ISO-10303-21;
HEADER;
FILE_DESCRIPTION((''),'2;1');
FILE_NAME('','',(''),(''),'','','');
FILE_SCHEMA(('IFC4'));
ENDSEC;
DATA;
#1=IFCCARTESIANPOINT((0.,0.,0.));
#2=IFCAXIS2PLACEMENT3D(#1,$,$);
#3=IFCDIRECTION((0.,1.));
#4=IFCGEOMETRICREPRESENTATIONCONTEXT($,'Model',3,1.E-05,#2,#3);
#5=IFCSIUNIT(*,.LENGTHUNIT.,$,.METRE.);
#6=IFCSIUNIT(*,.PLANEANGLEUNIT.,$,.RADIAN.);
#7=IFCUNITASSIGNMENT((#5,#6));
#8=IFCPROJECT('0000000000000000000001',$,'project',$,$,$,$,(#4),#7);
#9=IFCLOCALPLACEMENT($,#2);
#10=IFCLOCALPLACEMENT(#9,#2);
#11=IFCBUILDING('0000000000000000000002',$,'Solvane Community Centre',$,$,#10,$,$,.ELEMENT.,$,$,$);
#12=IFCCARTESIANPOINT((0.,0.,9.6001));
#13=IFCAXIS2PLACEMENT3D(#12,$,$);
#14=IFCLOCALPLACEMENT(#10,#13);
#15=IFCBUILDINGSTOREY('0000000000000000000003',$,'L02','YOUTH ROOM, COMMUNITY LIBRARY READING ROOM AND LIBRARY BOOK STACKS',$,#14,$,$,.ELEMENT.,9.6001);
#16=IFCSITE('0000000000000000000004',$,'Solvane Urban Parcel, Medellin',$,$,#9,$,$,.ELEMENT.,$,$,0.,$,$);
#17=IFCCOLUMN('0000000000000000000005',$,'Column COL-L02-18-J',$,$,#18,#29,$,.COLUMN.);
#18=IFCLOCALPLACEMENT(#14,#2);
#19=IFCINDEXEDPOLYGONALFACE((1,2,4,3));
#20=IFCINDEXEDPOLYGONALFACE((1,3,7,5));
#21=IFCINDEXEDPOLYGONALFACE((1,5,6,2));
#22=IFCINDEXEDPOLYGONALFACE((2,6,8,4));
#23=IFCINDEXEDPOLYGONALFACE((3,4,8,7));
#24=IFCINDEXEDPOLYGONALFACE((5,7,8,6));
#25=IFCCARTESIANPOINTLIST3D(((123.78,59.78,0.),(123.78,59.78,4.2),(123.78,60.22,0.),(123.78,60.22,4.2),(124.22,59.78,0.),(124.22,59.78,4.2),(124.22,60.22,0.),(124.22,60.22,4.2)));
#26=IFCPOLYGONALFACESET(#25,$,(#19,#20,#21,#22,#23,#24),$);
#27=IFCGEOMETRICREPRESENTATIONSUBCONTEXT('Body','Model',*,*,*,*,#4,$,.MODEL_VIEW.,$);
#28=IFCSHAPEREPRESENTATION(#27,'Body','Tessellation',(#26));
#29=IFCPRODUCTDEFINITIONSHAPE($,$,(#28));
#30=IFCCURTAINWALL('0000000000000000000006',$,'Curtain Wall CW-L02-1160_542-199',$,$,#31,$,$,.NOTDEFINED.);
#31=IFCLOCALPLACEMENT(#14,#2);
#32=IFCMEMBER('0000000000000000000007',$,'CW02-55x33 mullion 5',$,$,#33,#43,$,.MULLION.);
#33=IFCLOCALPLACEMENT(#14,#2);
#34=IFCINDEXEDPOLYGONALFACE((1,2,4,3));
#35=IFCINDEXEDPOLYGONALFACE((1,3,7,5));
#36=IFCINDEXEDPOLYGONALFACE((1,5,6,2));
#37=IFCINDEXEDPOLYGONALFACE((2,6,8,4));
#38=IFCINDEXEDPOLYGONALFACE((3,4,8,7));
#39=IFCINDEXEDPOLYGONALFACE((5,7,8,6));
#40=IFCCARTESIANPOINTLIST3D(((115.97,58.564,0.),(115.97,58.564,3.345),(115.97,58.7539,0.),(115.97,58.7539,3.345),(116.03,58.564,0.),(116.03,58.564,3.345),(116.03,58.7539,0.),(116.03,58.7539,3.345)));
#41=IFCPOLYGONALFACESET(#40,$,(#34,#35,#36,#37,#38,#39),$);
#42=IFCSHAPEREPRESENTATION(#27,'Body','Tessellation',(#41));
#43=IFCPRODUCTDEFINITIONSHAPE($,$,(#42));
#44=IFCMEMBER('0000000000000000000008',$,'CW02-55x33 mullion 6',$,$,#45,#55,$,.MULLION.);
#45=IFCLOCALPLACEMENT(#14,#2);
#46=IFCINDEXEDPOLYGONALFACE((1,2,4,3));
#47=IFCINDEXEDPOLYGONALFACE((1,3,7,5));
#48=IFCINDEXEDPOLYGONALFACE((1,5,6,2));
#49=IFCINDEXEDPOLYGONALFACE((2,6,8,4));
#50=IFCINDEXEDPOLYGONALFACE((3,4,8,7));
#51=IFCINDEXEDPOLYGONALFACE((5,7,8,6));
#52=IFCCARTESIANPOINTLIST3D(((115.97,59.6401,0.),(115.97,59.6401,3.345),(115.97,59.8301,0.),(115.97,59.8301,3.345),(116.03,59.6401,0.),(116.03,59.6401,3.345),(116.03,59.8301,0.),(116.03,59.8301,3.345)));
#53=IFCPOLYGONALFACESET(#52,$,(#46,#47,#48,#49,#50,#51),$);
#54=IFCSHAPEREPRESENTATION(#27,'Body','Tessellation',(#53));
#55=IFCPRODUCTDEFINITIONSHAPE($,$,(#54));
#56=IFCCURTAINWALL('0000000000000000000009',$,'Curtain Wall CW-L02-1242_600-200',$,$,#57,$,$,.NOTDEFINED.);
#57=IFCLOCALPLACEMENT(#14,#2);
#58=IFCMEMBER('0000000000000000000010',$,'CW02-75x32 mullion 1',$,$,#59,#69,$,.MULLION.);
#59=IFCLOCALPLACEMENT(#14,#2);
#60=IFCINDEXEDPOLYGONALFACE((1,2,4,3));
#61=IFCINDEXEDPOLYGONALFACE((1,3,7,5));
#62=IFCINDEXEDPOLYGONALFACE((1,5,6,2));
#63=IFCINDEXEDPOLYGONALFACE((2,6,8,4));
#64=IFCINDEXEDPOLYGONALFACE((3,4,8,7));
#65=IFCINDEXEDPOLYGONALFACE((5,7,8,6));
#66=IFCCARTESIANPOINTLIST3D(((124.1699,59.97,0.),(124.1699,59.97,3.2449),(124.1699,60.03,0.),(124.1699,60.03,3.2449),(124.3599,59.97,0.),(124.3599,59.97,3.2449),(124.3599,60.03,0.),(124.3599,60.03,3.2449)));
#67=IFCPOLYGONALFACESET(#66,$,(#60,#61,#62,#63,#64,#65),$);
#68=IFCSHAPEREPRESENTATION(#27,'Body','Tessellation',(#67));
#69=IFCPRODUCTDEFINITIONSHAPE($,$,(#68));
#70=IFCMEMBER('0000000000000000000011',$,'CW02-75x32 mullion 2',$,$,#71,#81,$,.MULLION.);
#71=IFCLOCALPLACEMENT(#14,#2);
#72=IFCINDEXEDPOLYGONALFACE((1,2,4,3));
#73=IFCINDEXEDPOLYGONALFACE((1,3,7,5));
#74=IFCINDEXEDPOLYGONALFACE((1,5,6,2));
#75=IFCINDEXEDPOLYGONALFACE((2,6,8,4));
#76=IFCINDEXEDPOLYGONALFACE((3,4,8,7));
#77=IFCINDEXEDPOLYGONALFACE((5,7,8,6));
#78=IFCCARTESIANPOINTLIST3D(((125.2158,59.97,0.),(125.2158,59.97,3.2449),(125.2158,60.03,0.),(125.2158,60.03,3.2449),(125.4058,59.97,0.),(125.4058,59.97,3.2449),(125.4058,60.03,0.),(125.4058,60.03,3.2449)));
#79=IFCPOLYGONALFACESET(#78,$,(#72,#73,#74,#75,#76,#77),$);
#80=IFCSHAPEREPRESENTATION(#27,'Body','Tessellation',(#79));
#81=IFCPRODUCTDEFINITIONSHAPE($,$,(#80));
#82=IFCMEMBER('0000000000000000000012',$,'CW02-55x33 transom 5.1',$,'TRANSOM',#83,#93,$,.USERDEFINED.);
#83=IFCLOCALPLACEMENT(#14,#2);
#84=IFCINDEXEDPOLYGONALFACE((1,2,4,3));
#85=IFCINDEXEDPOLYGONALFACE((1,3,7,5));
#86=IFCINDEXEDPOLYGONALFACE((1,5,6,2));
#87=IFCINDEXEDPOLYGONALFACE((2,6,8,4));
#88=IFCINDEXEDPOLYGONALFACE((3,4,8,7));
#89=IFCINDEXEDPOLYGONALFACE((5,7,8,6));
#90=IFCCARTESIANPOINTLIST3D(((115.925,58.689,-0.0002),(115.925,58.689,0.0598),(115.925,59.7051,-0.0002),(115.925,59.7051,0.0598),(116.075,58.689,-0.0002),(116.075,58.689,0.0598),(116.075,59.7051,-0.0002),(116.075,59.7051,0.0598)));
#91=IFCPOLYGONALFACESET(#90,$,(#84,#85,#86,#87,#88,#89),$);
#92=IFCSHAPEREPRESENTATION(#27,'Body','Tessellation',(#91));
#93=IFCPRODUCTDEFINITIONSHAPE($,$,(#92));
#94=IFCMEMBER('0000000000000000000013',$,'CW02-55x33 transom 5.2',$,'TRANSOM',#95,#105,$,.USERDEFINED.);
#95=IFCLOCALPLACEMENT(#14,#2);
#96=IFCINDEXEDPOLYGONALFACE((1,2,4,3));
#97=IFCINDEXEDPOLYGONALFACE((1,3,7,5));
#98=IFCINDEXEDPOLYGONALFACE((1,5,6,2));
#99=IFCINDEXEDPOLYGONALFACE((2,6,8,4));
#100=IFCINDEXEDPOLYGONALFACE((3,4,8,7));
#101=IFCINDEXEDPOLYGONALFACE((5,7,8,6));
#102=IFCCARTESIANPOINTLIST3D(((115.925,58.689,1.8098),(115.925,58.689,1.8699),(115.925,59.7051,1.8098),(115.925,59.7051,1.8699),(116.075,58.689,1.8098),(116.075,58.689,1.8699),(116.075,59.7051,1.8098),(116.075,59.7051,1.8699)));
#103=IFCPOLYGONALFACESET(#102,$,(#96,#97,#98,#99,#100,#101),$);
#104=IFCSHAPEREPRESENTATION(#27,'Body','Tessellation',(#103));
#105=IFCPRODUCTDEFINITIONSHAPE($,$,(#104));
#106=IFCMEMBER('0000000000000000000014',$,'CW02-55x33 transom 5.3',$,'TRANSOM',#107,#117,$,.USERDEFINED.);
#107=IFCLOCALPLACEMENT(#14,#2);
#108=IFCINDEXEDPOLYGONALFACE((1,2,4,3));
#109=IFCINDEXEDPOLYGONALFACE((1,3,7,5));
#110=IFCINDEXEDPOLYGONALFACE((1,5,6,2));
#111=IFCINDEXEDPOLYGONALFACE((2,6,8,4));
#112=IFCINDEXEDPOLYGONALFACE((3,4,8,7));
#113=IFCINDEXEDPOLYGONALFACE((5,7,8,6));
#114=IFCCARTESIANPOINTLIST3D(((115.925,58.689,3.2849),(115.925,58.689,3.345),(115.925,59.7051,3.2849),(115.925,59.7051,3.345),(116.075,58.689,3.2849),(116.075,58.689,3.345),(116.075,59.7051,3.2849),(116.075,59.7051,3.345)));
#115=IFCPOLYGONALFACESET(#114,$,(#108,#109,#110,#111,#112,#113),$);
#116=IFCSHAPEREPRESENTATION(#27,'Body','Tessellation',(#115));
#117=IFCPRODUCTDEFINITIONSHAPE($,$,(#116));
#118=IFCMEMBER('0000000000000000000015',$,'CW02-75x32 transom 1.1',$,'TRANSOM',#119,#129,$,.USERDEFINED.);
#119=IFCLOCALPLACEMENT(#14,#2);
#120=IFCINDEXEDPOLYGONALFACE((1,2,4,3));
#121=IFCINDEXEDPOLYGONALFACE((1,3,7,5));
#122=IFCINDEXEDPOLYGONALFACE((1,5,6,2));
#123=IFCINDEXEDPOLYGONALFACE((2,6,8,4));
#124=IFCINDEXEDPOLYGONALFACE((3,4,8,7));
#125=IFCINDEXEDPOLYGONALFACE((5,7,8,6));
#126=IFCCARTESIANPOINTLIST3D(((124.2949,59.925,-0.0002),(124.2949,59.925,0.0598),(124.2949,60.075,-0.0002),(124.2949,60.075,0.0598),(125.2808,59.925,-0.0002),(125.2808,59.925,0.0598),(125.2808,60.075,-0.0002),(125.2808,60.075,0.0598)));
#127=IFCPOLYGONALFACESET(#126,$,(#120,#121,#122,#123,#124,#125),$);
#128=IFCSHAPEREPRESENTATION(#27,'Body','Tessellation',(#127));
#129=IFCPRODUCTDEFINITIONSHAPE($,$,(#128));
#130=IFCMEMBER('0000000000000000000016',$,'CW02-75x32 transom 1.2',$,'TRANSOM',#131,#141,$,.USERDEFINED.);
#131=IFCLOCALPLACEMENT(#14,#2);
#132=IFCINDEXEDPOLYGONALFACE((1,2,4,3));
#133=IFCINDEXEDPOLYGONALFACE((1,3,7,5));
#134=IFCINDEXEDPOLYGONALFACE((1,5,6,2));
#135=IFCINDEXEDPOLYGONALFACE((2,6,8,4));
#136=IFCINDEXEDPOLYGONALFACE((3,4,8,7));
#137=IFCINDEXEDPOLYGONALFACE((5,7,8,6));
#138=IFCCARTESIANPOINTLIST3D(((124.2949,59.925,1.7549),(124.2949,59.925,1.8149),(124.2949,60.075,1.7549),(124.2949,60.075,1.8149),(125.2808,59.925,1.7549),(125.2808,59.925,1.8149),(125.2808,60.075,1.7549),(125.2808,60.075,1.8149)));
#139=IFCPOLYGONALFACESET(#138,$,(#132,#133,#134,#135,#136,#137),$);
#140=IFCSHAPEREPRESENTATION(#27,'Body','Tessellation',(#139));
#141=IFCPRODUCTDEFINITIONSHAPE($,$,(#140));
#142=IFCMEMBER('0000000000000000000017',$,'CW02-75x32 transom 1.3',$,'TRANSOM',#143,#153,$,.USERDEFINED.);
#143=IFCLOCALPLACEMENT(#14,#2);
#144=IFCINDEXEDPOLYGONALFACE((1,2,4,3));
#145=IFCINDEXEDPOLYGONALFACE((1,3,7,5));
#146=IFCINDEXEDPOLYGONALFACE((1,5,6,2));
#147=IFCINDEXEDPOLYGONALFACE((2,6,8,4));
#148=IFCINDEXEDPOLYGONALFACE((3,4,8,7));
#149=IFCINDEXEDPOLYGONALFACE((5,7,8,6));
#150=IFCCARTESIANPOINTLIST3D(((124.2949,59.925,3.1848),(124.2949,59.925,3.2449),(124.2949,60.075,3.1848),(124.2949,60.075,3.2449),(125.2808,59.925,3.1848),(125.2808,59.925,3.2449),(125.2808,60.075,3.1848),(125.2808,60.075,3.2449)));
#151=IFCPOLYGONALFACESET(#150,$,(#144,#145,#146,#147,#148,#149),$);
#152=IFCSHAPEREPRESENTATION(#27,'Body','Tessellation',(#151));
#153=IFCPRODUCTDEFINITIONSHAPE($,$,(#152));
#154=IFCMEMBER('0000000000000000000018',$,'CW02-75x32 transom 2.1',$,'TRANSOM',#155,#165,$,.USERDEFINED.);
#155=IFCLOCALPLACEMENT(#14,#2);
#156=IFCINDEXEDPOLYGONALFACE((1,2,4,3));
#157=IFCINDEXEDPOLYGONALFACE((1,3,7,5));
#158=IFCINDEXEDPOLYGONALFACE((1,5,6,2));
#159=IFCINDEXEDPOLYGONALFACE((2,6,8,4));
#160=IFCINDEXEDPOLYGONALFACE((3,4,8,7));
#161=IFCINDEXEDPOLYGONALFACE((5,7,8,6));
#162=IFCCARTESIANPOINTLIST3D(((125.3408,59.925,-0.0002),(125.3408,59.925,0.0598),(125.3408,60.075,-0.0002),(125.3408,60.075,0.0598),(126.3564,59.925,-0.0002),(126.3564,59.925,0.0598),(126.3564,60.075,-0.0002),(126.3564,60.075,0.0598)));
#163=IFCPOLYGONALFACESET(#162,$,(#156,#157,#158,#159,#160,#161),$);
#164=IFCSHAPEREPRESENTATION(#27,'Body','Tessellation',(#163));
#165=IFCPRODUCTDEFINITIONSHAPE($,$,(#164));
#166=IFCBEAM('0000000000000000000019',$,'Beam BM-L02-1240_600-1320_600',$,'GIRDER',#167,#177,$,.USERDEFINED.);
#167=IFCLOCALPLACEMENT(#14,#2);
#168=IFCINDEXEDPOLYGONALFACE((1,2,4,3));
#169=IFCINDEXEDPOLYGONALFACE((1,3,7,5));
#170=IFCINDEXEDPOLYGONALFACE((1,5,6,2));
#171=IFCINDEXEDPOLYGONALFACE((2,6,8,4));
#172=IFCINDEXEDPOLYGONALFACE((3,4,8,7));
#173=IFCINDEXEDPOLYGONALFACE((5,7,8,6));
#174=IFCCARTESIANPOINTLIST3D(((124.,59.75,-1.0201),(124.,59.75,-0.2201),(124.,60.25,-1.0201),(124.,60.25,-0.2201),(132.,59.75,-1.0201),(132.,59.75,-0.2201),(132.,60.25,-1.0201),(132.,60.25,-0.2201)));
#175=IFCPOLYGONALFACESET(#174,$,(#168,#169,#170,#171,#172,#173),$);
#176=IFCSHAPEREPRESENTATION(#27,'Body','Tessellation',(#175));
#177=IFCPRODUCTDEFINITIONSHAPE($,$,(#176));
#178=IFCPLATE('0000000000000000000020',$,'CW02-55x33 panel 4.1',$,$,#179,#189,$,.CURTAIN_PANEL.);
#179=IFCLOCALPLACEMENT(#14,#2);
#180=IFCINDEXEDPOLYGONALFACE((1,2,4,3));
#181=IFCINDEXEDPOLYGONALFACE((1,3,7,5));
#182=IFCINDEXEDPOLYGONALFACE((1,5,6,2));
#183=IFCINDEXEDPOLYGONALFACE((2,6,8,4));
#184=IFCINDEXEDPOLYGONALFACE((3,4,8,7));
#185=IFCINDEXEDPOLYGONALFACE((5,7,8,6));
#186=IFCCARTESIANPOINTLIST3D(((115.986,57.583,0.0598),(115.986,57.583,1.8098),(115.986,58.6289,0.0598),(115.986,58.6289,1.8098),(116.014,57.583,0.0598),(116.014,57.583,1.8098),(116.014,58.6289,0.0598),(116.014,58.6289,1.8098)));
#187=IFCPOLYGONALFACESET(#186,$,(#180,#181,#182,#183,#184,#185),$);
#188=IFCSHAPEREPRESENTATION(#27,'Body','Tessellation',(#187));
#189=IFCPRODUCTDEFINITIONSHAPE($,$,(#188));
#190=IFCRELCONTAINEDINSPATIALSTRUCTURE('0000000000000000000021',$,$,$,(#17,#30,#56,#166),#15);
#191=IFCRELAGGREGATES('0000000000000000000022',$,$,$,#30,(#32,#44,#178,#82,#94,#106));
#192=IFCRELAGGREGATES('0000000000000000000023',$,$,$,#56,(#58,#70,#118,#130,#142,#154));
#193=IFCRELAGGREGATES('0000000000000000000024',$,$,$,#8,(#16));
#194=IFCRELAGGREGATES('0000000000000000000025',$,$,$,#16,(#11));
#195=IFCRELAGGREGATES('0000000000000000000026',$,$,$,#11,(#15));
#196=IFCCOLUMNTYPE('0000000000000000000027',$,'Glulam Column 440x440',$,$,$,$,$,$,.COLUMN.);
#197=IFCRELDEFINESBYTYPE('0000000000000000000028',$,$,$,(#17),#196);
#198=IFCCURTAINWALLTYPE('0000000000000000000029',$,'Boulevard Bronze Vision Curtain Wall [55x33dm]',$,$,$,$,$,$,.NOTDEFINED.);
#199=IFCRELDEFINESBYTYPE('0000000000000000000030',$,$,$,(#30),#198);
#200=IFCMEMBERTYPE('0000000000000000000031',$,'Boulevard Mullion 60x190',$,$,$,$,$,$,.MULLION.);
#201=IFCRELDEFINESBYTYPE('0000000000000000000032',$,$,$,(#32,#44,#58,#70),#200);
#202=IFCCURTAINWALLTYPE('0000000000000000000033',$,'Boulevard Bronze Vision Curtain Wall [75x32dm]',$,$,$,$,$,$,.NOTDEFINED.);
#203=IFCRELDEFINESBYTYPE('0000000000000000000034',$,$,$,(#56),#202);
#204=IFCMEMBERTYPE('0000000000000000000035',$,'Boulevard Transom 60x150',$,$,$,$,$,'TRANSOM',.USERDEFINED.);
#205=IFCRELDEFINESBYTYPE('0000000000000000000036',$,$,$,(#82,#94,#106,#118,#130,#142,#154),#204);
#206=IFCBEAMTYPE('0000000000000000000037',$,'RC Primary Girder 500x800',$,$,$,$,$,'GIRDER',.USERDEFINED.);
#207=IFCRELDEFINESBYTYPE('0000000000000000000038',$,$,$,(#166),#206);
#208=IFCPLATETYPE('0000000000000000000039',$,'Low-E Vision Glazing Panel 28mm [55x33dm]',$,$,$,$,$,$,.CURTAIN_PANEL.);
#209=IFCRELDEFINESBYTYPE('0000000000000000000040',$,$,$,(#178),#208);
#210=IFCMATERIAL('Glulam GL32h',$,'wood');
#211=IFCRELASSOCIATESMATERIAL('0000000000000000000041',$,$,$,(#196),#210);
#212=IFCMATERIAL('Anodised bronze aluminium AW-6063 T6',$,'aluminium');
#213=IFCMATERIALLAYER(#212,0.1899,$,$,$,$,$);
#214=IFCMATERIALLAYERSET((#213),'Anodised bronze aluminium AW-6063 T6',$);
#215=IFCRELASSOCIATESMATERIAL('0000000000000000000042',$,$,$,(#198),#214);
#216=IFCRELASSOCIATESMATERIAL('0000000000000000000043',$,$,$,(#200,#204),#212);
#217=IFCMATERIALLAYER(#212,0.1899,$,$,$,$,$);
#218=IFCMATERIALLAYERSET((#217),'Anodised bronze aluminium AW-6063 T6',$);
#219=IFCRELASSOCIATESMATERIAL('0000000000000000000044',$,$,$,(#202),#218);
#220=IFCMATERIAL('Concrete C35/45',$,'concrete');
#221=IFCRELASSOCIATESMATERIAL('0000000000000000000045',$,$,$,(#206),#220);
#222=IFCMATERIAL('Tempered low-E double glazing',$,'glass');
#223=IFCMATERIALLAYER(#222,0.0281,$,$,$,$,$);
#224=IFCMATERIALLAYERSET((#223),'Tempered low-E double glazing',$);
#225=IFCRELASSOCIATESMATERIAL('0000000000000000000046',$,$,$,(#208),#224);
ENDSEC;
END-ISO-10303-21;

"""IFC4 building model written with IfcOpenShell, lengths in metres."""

from ifc_helpers import new_model, si_unit, direction, frame, origin, origin_2d, place, context, subcontext, project, spatial, rectangle, extrude, material, layer, layer_set, material_profile, profile_set, type_object, element, aggregate, save


model = new_model("IFC4")

# Units and contexts
model_context = context("Model", 3, precision=1e-05, world=origin(), true_north=direction((0.0, 1.0)))
body_context = subcontext(model_context, "Body", "Model", "MODEL_VIEW")
ifc_project = project(units=[si_unit("LENGTHUNIT", "METRE"), si_unit("PLANEANGLEUNIT", "RADIAN")], contexts=[model_context])

# Site, building, storey
site_placement = place(None, origin())
site = spatial("IfcSite", under=ifc_project, at=site_placement, Name="Solvane Urban Parcel, Medellin", CompositionType="ELEMENT", RefElevation=0.0)
building_placement = place(site_placement, origin())
building = spatial("IfcBuilding", under=site, at=building_placement, Name="Solvane Community Centre", CompositionType="ELEMENT")
storey_placement = place(building_placement, frame((0.0, 0.0, 9.6001)))
storey = spatial("IfcBuildingStorey", under=building, at=storey_placement, Name="L02", Description="YOUTH ROOM, COMMUNITY LIBRARY READING ROOM AND LIBRARY BOOK STACKS", CompositionType="ELEMENT", Elevation=9.6001)

# Column
ifc_material_1 = material(Name="Glulam GL32h", Category="wood")
ifc_material_profile_1 = material_profile(ifc_material_1, rectangle(XDim=0.4399, YDim=0.4399, at=origin_2d()), Name="GL32h 440x440")
ifc_profile_set_1 = profile_set([ifc_material_profile_1], Name="Glulam GL32h")
column_type = type_object("IfcColumnType", Name="Glulam Column 440x440", PredefinedType="COLUMN", material=ifc_profile_set_1)
column_placement = place(storey_placement, frame((124.0, 60.0, 0.0), z_axis=(0.0, 0.0, 1.0), x_axis=(1.0, 0.0, 0.0)))
element("IfcColumn", 1, at=column_placement, inside=storey, type_object=column_type, Name="Column COL-L02-18-J", PredefinedType="COLUMN", context=body_context, shape_type="SweptSolid", body=[
    extrude(rectangle(XDim=0.4399, YDim=0.4399, at=origin_2d()), origin(), (0.0, 0.0, 1.0), 4.2),
])

# Curtain walls, members
ifc_material_2 = material(Name="Anodised bronze aluminium AW-6063 T6", Category="aluminium")
ifc_layer_1 = layer(ifc_material_2, 0.1899)
ifc_layer_set_1 = layer_set([ifc_layer_1], Name="Anodised bronze aluminium AW-6063 T6")
curtain_wall_type_1 = type_object("IfcCurtainWallType", Name="Boulevard Bronze Vision Curtain Wall [55x33dm]", PredefinedType="NOTDEFINED", material=ifc_layer_set_1)
curtain_wall_1_placement = place(storey_placement, origin())
curtain_wall_1 = element("IfcCurtainWall", 2, at=curtain_wall_1_placement, inside=storey, type_object=curtain_wall_type_1, Name="Curtain Wall CW-L02-1160_542-199", PredefinedType="NOTDEFINED")
ifc_material_profile_2 = material_profile(ifc_material_2, rectangle(XDim=0.0601, YDim=0.1899, at=origin_2d()), Name="CW-M 60x190")
ifc_profile_set_2 = profile_set([ifc_material_profile_2], Name="Anodised bronze aluminium AW-6063 T6")
member_type_1 = type_object("IfcMemberType", Name="Boulevard Mullion 60x190", PredefinedType="MULLION", material=ifc_profile_set_2)
member_1_placement = place(storey_placement, frame((116.0, 58.6589, 0.0), z_axis=(0.0, 0.0, 1.0), x_axis=(-1.0, 0.0, 0.0)))
member_1 = element("IfcMember", 3, at=member_1_placement, type_object=member_type_1, Name="CW02-55x33 mullion 5", PredefinedType="MULLION", context=body_context, shape_type="SweptSolid", body=[
    extrude(rectangle(XDim=0.0601, YDim=0.1899, at=origin_2d()), origin(), (0.0, 0.0, 1.0), 3.345),
])
member_2_placement = place(storey_placement, frame((116.0, 59.7351, 0.0), z_axis=(0.0, 0.0, 1.0), x_axis=(-1.0, 0.0, 0.0)))
member_2 = element("IfcMember", 4, at=member_2_placement, type_object=member_type_1, Name="CW02-55x33 mullion 6", PredefinedType="MULLION", context=body_context, shape_type="SweptSolid", body=[
    extrude(rectangle(XDim=0.0601, YDim=0.1899, at=origin_2d()), origin(), (0.0, 0.0, 1.0), 3.345),
])
ifc_layer_2 = layer(ifc_material_2, 0.1899)
ifc_layer_set_2 = layer_set([ifc_layer_2], Name="Anodised bronze aluminium AW-6063 T6")
curtain_wall_type_2 = type_object("IfcCurtainWallType", Name="Boulevard Bronze Vision Curtain Wall [75x32dm]", PredefinedType="NOTDEFINED", material=ifc_layer_set_2)
curtain_wall_2_placement = place(storey_placement, origin())
curtain_wall_2 = element("IfcCurtainWall", 5, at=curtain_wall_2_placement, inside=storey, type_object=curtain_wall_type_2, Name="Curtain Wall CW-L02-1242_600-200", PredefinedType="NOTDEFINED")
member_3_placement = place(storey_placement, frame((124.2649, 60.0, 0.0), z_axis=(0.0, 0.0, 1.0), x_axis=(0.0, 1.0, 0.0)))
member_3 = element("IfcMember", 6, at=member_3_placement, type_object=member_type_1, Name="CW02-75x32 mullion 1", PredefinedType="MULLION", context=body_context, shape_type="SweptSolid", body=[
    extrude(rectangle(XDim=0.0601, YDim=0.1899, at=origin_2d()), origin(), (0.0, 0.0, 1.0), 3.2449),
])
member_4_placement = place(storey_placement, frame((125.3108, 60.0, 0.0), z_axis=(0.0, 0.0, 1.0), x_axis=(0.0, 1.0, 0.0)))
member_4 = element("IfcMember", 7, at=member_4_placement, type_object=member_type_1, Name="CW02-75x32 mullion 2", PredefinedType="MULLION", context=body_context, shape_type="SweptSolid", body=[
    extrude(rectangle(XDim=0.0601, YDim=0.1899, at=origin_2d()), origin(), (0.0, 0.0, 1.0), 3.2449),
])

# Members
ifc_material_profile_3 = material_profile(ifc_material_2, rectangle(XDim=0.1499, YDim=0.0601, at=origin_2d()), Name="CW-T 60x150")
ifc_profile_set_3 = profile_set([ifc_material_profile_3], Name="Anodised bronze aluminium AW-6063 T6")
member_type_2 = type_object("IfcMemberType", Name="Boulevard Transom 60x150", ElementType="TRANSOM", PredefinedType="USERDEFINED", material=ifc_profile_set_3)
member_5_placement = place(storey_placement, frame((116.0, 58.689, 0.0298), z_axis=(0.0, 1.0, 0.0), x_axis=(-1.0, 0.0, 0.0)))
member_5 = element("IfcMember", 8, at=member_5_placement, type_object=member_type_2, Name="CW02-55x33 transom 5.1", ObjectType="TRANSOM", PredefinedType="USERDEFINED", context=body_context, shape_type="SweptSolid", body=[
    extrude(rectangle(XDim=0.1499, YDim=0.0601, at=origin_2d()), origin(), (0.0, 0.0, 1.0), 1.0161),
])
member_6_placement = place(storey_placement, frame((116.0, 58.689, 1.8398), z_axis=(0.0, 1.0, 0.0), x_axis=(-1.0, 0.0, 0.0)))
member_6 = element("IfcMember", 9, at=member_6_placement, type_object=member_type_2, Name="CW02-55x33 transom 5.2", ObjectType="TRANSOM", PredefinedType="USERDEFINED", context=body_context, shape_type="SweptSolid", body=[
    extrude(rectangle(XDim=0.1499, YDim=0.0601, at=origin_2d()), origin(), (0.0, 0.0, 1.0), 1.0161),
])
member_7_placement = place(storey_placement, frame((116.0, 58.689, 3.3149), z_axis=(0.0, 1.0, 0.0), x_axis=(-1.0, 0.0, 0.0)))
member_7 = element("IfcMember", 10, at=member_7_placement, type_object=member_type_2, Name="CW02-55x33 transom 5.3", ObjectType="TRANSOM", PredefinedType="USERDEFINED", context=body_context, shape_type="SweptSolid", body=[
    extrude(rectangle(XDim=0.1499, YDim=0.0601, at=origin_2d()), origin(), (0.0, 0.0, 1.0), 1.0161),
])
member_8_placement = place(storey_placement, frame((124.2949, 60.0, 0.0298), z_axis=(1.0, 0.0, 0.0), x_axis=(0.0, 1.0, 0.0)))
member_8 = element("IfcMember", 11, at=member_8_placement, type_object=member_type_2, Name="CW02-75x32 transom 1.1", ObjectType="TRANSOM", PredefinedType="USERDEFINED", context=body_context, shape_type="SweptSolid", body=[
    extrude(rectangle(XDim=0.1499, YDim=0.0601, at=origin_2d()), origin(), (0.0, 0.0, 1.0), 0.9858),
])
member_9_placement = place(storey_placement, frame((124.2949, 60.0, 1.7849), z_axis=(1.0, 0.0, 0.0), x_axis=(0.0, 1.0, 0.0)))
member_9 = element("IfcMember", 12, at=member_9_placement, type_object=member_type_2, Name="CW02-75x32 transom 1.2", ObjectType="TRANSOM", PredefinedType="USERDEFINED", context=body_context, shape_type="SweptSolid", body=[
    extrude(rectangle(XDim=0.1499, YDim=0.0601, at=origin_2d()), origin(), (0.0, 0.0, 1.0), 0.9858),
])
member_10_placement = place(storey_placement, frame((124.2949, 60.0, 3.2148), z_axis=(1.0, 0.0, 0.0), x_axis=(0.0, 1.0, 0.0)))
member_10 = element("IfcMember", 13, at=member_10_placement, type_object=member_type_2, Name="CW02-75x32 transom 1.3", ObjectType="TRANSOM", PredefinedType="USERDEFINED", context=body_context, shape_type="SweptSolid", body=[
    extrude(rectangle(XDim=0.1499, YDim=0.0601, at=origin_2d()), origin(), (0.0, 0.0, 1.0), 0.9858),
])
member_11_placement = place(storey_placement, frame((125.3408, 60.0, 0.0298), z_axis=(1.0, 0.0, 0.0), x_axis=(0.0, 1.0, 0.0)))
member_11 = element("IfcMember", 14, at=member_11_placement, type_object=member_type_2, Name="CW02-75x32 transom 2.1", ObjectType="TRANSOM", PredefinedType="USERDEFINED", context=body_context, shape_type="SweptSolid", body=[
    extrude(rectangle(XDim=0.1499, YDim=0.0601, at=origin_2d()), origin(), (0.0, 0.0, 1.0), 1.0156),
])

# Beam
ifc_material_3 = material(Name="Concrete C35/45", Category="concrete")
ifc_material_profile_4 = material_profile(ifc_material_3, rectangle(XDim=0.5, YDim=0.8, at=origin_2d()), Name="RC 500x800")
ifc_profile_set_4 = profile_set([ifc_material_profile_4], Name="Concrete C35/45")
beam_type = type_object("IfcBeamType", Name="RC Primary Girder 500x800", ElementType="GIRDER", PredefinedType="USERDEFINED", material=ifc_profile_set_4)
beam_placement = place(storey_placement, frame((124.0, 60.0, -0.6201), z_axis=(1.0, 0.0, 0.0), x_axis=(0.0, 1.0, 0.0)))
element("IfcBeam", 15, at=beam_placement, inside=storey, type_object=beam_type, Name="Beam BM-L02-1240_600-1320_600", ObjectType="GIRDER", PredefinedType="USERDEFINED", context=body_context, shape_type="SweptSolid", body=[
    extrude(rectangle(XDim=0.5, YDim=0.8, at=origin_2d()), origin(), (0.0, 0.0, 1.0), 8.0),
])

# Plate
ifc_material_4 = material(Name="Tempered low-E double glazing", Category="glass")
ifc_layer_3 = layer(ifc_material_4, 0.0281)
ifc_layer_set_3 = layer_set([ifc_layer_3], Name="Tempered low-E double glazing")
plate_type_1 = type_object("IfcPlateType", Name="Low-E Vision Glazing Panel 28mm [55x33dm]", PredefinedType="CURTAIN_PANEL", material=ifc_layer_set_3)
plate_1_placement = place(storey_placement, frame((116.0, 58.106, 0.0598), z_axis=(0.0, 0.0, 1.0), x_axis=(0.0, 1.0, 0.0)))
plate_1 = element("IfcPlate", 16, at=plate_1_placement, type_object=plate_type_1, Name="CW02-55x33 panel 4.1", PredefinedType="CURTAIN_PANEL", context=body_context, shape_type="SweptSolid", body=[
    extrude(rectangle(XDim=1.0459, YDim=0.0281, at=origin_2d()), origin(), (0.0, 0.0, 1.0), 1.75),
])
aggregate(curtain_wall_1, [member_1, member_2, plate_1, member_5, member_6, member_7])
aggregate(curtain_wall_2, [member_3, member_4, member_8, member_9, member_10, member_11])

save(model, "model.ifc")
